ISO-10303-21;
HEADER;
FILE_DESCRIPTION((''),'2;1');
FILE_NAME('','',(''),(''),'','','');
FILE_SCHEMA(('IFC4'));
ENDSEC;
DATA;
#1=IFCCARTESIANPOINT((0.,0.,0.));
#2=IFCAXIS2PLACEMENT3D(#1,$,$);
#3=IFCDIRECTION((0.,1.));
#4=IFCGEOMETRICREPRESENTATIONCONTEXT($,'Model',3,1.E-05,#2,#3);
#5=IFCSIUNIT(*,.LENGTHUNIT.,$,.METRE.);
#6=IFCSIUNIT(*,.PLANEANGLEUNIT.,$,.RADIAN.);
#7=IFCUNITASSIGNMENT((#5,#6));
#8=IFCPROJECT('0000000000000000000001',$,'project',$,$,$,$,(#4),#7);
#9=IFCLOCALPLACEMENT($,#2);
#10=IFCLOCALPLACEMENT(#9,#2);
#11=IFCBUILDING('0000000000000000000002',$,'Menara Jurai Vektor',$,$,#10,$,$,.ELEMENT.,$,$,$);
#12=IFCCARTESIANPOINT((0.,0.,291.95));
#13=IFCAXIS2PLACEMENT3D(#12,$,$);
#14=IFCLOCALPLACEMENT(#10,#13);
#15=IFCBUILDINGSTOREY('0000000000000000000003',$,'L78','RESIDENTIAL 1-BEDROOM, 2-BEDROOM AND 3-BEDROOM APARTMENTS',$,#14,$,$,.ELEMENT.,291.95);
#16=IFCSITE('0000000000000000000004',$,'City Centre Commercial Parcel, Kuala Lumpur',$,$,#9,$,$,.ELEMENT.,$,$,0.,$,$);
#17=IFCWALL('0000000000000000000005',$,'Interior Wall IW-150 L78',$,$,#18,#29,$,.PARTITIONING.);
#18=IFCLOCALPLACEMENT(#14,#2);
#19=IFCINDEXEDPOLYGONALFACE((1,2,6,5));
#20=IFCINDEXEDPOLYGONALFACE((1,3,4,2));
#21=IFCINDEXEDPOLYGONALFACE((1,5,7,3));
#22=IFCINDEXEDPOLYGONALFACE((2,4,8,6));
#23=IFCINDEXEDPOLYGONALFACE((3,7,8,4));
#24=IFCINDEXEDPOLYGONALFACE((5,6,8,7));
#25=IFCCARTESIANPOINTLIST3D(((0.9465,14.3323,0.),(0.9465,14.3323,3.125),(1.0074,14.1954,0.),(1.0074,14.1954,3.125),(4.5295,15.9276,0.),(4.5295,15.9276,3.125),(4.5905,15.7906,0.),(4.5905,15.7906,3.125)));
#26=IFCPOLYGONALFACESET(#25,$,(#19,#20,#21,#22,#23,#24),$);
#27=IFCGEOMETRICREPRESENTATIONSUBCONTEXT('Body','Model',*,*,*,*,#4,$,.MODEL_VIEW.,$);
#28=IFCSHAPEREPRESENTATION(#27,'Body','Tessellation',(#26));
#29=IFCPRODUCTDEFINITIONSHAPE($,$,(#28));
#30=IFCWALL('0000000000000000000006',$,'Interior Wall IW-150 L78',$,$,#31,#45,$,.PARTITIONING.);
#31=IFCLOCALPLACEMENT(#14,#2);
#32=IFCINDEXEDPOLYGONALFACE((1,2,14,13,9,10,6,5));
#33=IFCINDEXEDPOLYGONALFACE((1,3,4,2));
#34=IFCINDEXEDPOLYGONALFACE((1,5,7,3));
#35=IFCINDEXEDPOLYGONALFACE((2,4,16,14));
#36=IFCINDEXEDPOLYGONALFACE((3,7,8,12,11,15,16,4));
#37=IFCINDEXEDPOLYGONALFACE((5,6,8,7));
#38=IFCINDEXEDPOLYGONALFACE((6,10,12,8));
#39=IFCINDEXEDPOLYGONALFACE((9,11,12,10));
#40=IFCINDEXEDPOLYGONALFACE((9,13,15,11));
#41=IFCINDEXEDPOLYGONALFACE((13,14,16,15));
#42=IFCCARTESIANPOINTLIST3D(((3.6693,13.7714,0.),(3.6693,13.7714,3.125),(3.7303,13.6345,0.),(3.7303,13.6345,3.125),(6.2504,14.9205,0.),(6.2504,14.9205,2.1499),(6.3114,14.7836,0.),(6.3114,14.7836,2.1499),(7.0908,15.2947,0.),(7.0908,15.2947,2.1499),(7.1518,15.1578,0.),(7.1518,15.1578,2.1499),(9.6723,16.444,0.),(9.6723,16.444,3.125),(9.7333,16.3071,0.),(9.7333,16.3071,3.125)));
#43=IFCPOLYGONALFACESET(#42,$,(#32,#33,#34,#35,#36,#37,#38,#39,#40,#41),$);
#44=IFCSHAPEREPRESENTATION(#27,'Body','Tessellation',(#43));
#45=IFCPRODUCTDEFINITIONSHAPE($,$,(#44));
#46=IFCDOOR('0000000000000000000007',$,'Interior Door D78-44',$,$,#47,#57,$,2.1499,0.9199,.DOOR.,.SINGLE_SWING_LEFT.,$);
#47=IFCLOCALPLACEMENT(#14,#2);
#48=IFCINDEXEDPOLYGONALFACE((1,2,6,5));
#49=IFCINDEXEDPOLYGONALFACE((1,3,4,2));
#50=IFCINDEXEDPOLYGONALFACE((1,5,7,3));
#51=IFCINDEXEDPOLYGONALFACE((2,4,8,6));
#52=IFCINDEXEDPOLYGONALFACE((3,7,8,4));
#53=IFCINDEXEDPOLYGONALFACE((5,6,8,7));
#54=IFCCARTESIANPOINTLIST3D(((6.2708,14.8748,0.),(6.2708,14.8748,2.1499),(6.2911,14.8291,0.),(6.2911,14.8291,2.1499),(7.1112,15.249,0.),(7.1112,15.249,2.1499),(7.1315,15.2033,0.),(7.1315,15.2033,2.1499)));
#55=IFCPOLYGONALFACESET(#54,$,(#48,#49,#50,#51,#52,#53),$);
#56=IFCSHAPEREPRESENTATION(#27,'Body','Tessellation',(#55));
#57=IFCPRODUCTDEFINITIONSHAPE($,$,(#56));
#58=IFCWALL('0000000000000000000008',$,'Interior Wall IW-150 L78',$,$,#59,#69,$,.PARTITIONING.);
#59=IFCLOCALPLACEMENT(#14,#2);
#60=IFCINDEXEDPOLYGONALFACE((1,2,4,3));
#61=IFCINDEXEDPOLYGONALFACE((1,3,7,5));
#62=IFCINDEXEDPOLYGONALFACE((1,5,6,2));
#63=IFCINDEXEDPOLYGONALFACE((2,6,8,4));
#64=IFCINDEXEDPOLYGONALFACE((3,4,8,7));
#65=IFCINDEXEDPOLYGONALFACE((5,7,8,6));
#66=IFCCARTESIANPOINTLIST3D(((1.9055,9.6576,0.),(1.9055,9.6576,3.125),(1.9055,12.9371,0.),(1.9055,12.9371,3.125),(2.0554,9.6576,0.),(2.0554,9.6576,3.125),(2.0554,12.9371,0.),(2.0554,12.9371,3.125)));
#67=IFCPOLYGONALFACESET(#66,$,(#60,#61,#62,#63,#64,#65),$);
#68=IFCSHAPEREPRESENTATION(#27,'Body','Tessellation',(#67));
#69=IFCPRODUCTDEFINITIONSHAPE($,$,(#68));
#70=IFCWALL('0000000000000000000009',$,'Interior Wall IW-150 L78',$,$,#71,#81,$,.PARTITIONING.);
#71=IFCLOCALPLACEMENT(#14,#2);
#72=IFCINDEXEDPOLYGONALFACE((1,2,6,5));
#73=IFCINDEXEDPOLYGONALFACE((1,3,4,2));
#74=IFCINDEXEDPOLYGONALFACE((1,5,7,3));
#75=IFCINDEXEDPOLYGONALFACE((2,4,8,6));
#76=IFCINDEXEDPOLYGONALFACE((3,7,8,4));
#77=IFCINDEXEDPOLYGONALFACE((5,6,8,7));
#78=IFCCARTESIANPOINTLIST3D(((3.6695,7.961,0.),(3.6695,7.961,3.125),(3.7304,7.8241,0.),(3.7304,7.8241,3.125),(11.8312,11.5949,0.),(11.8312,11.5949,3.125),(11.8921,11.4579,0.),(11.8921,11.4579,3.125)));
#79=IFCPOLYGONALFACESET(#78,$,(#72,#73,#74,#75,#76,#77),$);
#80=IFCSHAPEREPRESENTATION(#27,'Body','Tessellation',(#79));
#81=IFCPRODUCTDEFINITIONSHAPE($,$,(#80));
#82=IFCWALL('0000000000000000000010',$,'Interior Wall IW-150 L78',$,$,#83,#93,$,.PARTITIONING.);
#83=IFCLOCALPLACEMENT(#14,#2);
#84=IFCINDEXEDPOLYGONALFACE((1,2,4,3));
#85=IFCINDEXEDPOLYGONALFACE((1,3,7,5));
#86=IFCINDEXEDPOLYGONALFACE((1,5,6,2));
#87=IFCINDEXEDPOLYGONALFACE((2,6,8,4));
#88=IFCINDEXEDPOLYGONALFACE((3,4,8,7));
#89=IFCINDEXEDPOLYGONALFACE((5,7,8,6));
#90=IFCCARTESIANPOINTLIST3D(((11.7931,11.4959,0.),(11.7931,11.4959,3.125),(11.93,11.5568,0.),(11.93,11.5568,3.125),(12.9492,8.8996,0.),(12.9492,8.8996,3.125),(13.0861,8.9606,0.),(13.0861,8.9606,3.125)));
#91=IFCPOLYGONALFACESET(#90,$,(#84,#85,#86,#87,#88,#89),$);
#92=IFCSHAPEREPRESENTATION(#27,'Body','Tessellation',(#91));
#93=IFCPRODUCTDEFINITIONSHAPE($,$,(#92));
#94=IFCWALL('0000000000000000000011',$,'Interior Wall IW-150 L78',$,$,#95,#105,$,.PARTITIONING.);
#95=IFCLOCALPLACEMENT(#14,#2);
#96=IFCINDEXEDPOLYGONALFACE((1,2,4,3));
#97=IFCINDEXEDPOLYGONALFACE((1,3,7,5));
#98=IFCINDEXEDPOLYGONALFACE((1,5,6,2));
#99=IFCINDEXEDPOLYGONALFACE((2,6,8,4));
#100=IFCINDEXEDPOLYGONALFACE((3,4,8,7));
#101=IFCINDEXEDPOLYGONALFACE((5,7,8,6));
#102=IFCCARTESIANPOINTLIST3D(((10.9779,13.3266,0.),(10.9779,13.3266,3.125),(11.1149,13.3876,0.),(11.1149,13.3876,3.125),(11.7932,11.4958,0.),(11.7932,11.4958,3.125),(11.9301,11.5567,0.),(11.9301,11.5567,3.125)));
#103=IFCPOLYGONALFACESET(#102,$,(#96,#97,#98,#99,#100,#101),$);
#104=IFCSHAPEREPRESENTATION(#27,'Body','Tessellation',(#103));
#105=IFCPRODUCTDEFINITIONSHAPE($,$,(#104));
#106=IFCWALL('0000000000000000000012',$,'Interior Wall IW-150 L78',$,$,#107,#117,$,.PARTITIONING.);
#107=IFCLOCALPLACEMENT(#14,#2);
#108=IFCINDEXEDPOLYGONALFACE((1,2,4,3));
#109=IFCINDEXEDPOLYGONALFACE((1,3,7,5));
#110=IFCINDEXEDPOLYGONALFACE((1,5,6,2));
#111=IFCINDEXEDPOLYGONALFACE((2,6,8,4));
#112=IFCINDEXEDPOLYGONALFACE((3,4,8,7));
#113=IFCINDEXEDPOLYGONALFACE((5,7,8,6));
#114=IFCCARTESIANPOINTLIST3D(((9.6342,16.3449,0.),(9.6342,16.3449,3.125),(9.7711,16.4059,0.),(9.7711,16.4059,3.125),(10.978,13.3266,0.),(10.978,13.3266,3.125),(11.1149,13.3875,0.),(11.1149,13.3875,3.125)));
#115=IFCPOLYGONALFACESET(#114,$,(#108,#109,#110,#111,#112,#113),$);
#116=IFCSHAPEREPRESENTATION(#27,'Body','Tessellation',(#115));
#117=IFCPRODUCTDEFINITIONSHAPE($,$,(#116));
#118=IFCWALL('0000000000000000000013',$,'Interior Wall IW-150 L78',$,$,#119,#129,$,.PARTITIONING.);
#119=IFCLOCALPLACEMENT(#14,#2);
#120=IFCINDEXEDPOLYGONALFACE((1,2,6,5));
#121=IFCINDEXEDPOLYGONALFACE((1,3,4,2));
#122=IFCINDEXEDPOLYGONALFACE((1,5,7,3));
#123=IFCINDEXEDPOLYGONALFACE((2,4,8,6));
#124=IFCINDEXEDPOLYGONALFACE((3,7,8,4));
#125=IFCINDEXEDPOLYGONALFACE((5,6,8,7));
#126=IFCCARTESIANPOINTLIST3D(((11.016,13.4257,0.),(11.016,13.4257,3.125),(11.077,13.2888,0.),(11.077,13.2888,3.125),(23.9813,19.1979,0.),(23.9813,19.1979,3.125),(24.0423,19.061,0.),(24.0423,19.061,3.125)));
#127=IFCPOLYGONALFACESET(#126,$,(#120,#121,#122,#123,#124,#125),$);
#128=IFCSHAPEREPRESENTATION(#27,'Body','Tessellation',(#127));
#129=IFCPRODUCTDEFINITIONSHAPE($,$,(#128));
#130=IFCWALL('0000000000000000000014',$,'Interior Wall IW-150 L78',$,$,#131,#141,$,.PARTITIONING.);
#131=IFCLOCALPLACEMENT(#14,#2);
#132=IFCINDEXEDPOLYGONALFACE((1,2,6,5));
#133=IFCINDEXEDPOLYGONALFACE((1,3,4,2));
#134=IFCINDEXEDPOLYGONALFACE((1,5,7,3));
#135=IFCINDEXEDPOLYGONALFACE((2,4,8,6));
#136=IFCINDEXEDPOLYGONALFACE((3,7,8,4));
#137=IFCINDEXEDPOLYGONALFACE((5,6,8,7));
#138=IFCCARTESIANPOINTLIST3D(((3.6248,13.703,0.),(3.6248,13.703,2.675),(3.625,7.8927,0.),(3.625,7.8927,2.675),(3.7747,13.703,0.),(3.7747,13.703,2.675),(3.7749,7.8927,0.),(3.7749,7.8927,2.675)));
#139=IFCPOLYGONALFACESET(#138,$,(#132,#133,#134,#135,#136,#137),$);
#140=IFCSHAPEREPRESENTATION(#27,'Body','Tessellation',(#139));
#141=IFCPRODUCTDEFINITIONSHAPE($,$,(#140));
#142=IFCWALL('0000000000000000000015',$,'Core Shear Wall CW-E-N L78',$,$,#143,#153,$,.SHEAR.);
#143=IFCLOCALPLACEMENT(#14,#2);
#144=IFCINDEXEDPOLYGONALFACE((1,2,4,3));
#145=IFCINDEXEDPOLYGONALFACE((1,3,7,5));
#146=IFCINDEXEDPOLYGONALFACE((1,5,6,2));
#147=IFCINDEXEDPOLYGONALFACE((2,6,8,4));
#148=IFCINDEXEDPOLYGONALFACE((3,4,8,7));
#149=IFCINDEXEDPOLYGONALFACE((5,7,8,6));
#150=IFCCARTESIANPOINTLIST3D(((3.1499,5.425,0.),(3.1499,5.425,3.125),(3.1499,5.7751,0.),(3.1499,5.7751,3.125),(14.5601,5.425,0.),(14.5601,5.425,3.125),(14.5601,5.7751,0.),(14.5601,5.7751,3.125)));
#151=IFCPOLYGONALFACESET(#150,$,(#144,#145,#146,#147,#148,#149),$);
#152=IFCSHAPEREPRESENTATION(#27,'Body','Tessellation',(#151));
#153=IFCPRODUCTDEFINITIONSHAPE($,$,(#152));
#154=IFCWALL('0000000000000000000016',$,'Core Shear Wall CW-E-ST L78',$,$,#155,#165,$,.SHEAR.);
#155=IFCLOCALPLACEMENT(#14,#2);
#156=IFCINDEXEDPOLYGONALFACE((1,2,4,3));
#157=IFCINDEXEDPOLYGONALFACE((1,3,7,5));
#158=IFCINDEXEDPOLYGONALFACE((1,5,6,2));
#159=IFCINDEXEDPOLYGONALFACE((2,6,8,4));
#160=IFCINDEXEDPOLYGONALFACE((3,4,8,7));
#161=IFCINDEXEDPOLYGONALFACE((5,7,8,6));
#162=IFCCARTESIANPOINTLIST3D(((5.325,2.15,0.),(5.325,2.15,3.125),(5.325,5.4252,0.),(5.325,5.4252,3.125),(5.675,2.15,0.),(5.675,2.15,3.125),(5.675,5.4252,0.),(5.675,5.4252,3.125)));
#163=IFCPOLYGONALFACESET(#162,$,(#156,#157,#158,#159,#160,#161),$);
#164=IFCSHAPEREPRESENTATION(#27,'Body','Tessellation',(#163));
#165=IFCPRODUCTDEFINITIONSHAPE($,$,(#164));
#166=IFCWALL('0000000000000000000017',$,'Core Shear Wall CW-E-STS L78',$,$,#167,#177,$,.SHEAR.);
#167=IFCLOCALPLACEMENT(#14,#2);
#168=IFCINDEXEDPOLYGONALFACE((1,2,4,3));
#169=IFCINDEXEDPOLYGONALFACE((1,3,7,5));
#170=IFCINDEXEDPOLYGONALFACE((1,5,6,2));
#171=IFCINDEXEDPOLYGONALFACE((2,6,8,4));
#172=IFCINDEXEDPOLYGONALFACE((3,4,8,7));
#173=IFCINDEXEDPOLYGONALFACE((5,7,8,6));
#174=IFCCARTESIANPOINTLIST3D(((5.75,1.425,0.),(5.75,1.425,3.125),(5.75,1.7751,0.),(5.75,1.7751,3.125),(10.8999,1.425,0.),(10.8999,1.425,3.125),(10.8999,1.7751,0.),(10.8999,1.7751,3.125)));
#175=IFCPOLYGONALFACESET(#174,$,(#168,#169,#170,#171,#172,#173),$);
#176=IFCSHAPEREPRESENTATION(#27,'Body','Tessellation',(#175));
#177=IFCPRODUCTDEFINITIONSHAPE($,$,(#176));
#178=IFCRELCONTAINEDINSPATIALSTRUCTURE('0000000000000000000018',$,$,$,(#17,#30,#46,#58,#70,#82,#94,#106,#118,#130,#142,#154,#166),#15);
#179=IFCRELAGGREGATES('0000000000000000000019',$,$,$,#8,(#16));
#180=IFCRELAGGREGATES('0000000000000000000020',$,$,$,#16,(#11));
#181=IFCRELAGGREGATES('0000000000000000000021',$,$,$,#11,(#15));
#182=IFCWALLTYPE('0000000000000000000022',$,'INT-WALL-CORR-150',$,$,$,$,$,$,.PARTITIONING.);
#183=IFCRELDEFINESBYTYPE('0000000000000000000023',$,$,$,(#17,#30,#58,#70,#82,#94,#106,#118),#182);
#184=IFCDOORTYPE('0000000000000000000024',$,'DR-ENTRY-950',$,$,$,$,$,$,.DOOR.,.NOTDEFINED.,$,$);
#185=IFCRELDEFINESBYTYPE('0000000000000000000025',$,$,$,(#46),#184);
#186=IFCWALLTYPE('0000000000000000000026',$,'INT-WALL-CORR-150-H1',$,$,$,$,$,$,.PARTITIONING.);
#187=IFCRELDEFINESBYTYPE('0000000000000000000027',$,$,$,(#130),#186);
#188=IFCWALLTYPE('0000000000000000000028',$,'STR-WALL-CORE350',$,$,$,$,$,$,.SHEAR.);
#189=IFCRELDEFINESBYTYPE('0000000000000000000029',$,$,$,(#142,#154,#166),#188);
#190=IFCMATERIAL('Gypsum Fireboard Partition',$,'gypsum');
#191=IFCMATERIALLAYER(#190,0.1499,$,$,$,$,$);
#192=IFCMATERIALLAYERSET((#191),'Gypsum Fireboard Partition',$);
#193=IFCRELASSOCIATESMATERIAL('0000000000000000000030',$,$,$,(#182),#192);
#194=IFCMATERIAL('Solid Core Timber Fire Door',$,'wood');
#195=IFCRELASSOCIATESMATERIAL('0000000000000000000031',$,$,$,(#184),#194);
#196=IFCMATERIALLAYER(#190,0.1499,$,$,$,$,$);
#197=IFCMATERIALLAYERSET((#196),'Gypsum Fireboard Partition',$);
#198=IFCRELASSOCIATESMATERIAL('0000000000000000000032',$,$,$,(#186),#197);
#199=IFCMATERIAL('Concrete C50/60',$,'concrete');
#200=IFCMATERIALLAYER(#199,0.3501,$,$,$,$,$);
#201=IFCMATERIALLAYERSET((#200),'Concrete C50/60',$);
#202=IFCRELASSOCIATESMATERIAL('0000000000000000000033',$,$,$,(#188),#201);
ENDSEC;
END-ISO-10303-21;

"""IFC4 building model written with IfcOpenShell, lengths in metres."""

from ifc_helpers import new_model, si_unit, direction, frame, frame_2d, origin, place, context, subcontext, project, spatial, rectangle, extrude, material, layer, layer_set, type_object, element, fill, save


model = new_model("IFC4")

# Units and contexts
model_context = context("Model", 3, precision=1e-05, world=origin(), true_north=direction((0.0, 1.0)))
body_context = subcontext(model_context, "Body", "Model", "MODEL_VIEW")
ifc_project = project(units=[si_unit("LENGTHUNIT", "METRE"), si_unit("PLANEANGLEUNIT", "RADIAN")], contexts=[model_context])

# Site, building, storey
site_placement = place(None, origin())
site = spatial("IfcSite", under=ifc_project, at=site_placement, Name="City Centre Commercial Parcel, Kuala Lumpur", CompositionType="ELEMENT", RefElevation=0.0)
building_placement = place(site_placement, origin())
building = spatial("IfcBuilding", under=site, at=building_placement, Name="Menara Jurai Vektor", CompositionType="ELEMENT")
storey_placement = place(building_placement, frame((0.0, 0.0, 291.95)))
storey = spatial("IfcBuildingStorey", under=building, at=storey_placement, Name="L78", Description="RESIDENTIAL 1-BEDROOM, 2-BEDROOM AND 3-BEDROOM APARTMENTS", CompositionType="ELEMENT", Elevation=291.95)

# Shared definitions
ifc_material_1 = material(Name="Concrete C50/60", Category="concrete")

# Wall
ifc_material_2 = material(Name="Gypsum Fireboard Partition", Category="gypsum")
ifc_layer_1 = layer(ifc_material_2, 0.1499)
ifc_layer_set_1 = layer_set([ifc_layer_1], Name="Gypsum Fireboard Partition")
wall_type_1 = type_object("IfcWallType", Name="INT-WALL-CORR-150", PredefinedType="PARTITIONING", material=ifc_layer_set_1)
wall_1_placement = place(storey_placement, frame((0.9771, 14.2639, 0.0), z_axis=(0.0, 0.0, 1.0), x_axis=(0.91355, 0.406727, 0.0)))
element("IfcWall", 1, at=wall_1_placement, inside=storey, type_object=wall_type_1, Name="Interior Wall IW-150 L78", PredefinedType="PARTITIONING", context=body_context, shape_type="SweptSolid", body=[
    extrude(rectangle(XDim=3.9221, YDim=0.1499, at=frame_2d((1.9609, 0.0))), origin(), (0.0, 0.0, 1.0), 3.125),
])

# Wall, opening, door
ifc_material_3 = material(Name="Solid Core Timber Fire Door", Category="wood")
door_type_1 = type_object("IfcDoorType", Name="DR-ENTRY-950", OperationType="NOTDEFINED", PredefinedType="DOOR", material=ifc_material_3)
wall_2_placement = place(storey_placement, frame((3.6997, 13.7029, 0.0), z_axis=(0.0, 0.0, 1.0), x_axis=(0.913549, 0.406728, 0.0)))
wall_2 = element("IfcWall", 2, at=wall_2_placement, inside=storey, type_object=wall_type_1, Name="Interior Wall IW-150 L78", PredefinedType="PARTITIONING", context=body_context, shape_type="SweptSolid", body=[
    extrude(rectangle(XDim=6.571, YDim=0.1499, at=frame_2d((3.2856, 0.0))), origin(), (0.0, 0.0, 1.0), 3.125),
])
opening_1_placement = place(wall_2_placement, frame((2.8254, 0.0, 0.0)))
opening_1 = element("IfcOpeningElement", 3, at=opening_1_placement, cuts=wall_2, PredefinedType="OPENING", context=body_context, shape_type="SweptSolid", body=[
    extrude(rectangle(XDim=0.9199, YDim=2.1499, at=frame_2d((0.46, 1.075))), frame((0.0, 0.085, 0.0), z_axis=(0.0, -1.0, 0.0), x_axis=(1.0, 0.0, 0.0)), (0.0, 0.0, 1.0), 0.1699),
])
door_1_placement = place(opening_1_placement, origin())
door_1 = element("IfcDoor", 4, at=door_1_placement, inside=storey, type_object=door_type_1, Name="Interior Door D78-44", OperationType="SINGLE_SWING_LEFT", OverallHeight=2.1499, OverallWidth=0.9199, PredefinedType="DOOR", context=body_context, shape_type="SweptSolid", body=[
    extrude(rectangle(XDim=0.9199, YDim=2.1499, at=frame_2d((0.46, 1.075))), frame((0.0, 0.0249, 0.0), z_axis=(0.0, -1.0, 0.0), x_axis=(1.0, 0.0, 0.0)), (0.0, 0.0, 1.0), 0.05),
])
fill(opening_1, door_1)

# Walls
wall_3_placement = place(storey_placement, frame((1.9805, 9.6577, 0.0), z_axis=(0.0, 0.0, 1.0), x_axis=(0.0, 1.0, 0.0)))
element("IfcWall", 5, at=wall_3_placement, inside=storey, type_object=wall_type_1, Name="Interior Wall IW-150 L78", PredefinedType="PARTITIONING", context=body_context, shape_type="SweptSolid", body=[
    extrude(rectangle(XDim=3.2795, YDim=0.1499, at=frame_2d((1.6396, 0.0))), origin(), (0.0, 0.0, 1.0), 3.125),
])
wall_4_placement = place(storey_placement, frame((3.7, 7.8926, 0.0), z_axis=(0.0, 0.0, 1.0), x_axis=(0.913545, 0.406737, 0.0)))
element("IfcWall", 6, at=wall_4_placement, inside=storey, type_object=wall_type_1, Name="Interior Wall IW-150 L78", PredefinedType="PARTITIONING", context=body_context, shape_type="SweptSolid", body=[
    extrude(rectangle(XDim=8.9341, YDim=0.1499, at=frame_2d((4.467, 0.0))), origin(), (0.0, 0.0, 1.0), 3.125),
])
wall_5_placement = place(storey_placement, frame((13.0176, 8.9302, 0.0), z_axis=(0.0, 0.0, 1.0), x_axis=(-0.406768, 0.913531, 0.0)))
element("IfcWall", 7, at=wall_5_placement, inside=storey, type_object=wall_type_1, Name="Interior Wall IW-150 L78", PredefinedType="PARTITIONING", context=body_context, shape_type="SweptSolid", body=[
    extrude(rectangle(XDim=2.842, YDim=0.1499, at=frame_2d((1.4209, 0.0))), origin(), (0.0, 0.0, 1.0), 3.125),
])
wall_6_placement = place(storey_placement, frame((11.8616, 11.5264, 0.0), z_axis=(0.0, 0.0, 1.0), x_axis=(-0.40676, 0.913535, 0.0)))
element("IfcWall", 8, at=wall_6_placement, inside=storey, type_object=wall_type_1, Name="Interior Wall IW-150 L78", PredefinedType="PARTITIONING", context=body_context, shape_type="SweptSolid", body=[
    extrude(rectangle(XDim=2.0042, YDim=0.1499, at=frame_2d((1.002, 0.0))), origin(), (0.0, 0.0, 1.0), 3.125),
])
wall_7_placement = place(storey_placement, frame((11.0464, 13.3572, 0.0), z_axis=(0.0, 0.0, 1.0), x_axis=(-0.406714, 0.913555, 0.0)))
element("IfcWall", 9, at=wall_7_placement, inside=storey, type_object=wall_type_1, Name="Interior Wall IW-150 L78", PredefinedType="PARTITIONING", context=body_context, shape_type="SweptSolid", body=[
    extrude(rectangle(XDim=3.304, YDim=0.1499, at=frame_2d((1.6519, 0.0))), origin(), (0.0, 0.0, 1.0), 3.125),
])
wall_8_placement = place(storey_placement, frame((11.0464, 13.3572, 0.0), z_axis=(0.0, 0.0, 1.0), x_axis=(0.913554, 0.406718, 0.0)))
element("IfcWall", 10, at=wall_8_placement, inside=storey, type_object=wall_type_1, Name="Interior Wall IW-150 L78", PredefinedType="PARTITIONING", context=body_context, shape_type="SweptSolid", body=[
    extrude(rectangle(XDim=14.1921, YDim=0.1499, at=frame_2d((7.0962, 0.0))), origin(), (0.0, 0.0, 1.0), 3.125),
])
ifc_layer_2 = layer(ifc_material_2, 0.1499)
ifc_layer_set_2 = layer_set([ifc_layer_2], Name="Gypsum Fireboard Partition")
wall_type_2 = type_object("IfcWallType", Name="INT-WALL-CORR-150-H1", PredefinedType="PARTITIONING", material=ifc_layer_set_2)
wall_9_placement = place(storey_placement, frame((3.7, 7.8926, 0.0), z_axis=(0.0, 0.0, 1.0), x_axis=(-0.000042, 1.0, 0.0)))
element("IfcWall", 11, at=wall_9_placement, inside=storey, type_object=wall_type_2, Name="Interior Wall IW-150 L78", PredefinedType="PARTITIONING", context=body_context, shape_type="SweptSolid", body=[
    extrude(rectangle(XDim=5.8103, YDim=0.1499, at=frame_2d((2.9053, 0.0))), origin(), (0.0, 0.0, 1.0), 2.675),
])
ifc_layer_3 = layer(ifc_material_1, 0.3501)
ifc_layer_set_3 = layer_set([ifc_layer_3], Name="Concrete C50/60")
wall_type_3 = type_object("IfcWallType", Name="STR-WALL-CORE350", PredefinedType="SHEAR", material=ifc_layer_set_3)
wall_10_placement = place(storey_placement, frame((3.1499, 5.6001, 0.0), z_axis=(0.0, 0.0, 1.0), x_axis=(1.0, 0.0, 0.0)))
element("IfcWall", 12, at=wall_10_placement, inside=storey, type_object=wall_type_3, Name="Core Shear Wall CW-E-N L78", PredefinedType="SHEAR", context=body_context, shape_type="SweptSolid", body=[
    extrude(rectangle(XDim=11.4102, YDim=0.3501, at=frame_2d((5.7051, 0.0))), origin(), (0.0, 0.0, 1.0), 3.125),
])
wall_11_placement = place(storey_placement, frame((5.5, 2.1499, 0.0), z_axis=(0.0, 0.0, 1.0), x_axis=(0.0, 1.0, 0.0)))
element("IfcWall", 13, at=wall_11_placement, inside=storey, type_object=wall_type_3, Name="Core Shear Wall CW-E-ST L78", PredefinedType="SHEAR", context=body_context, shape_type="SweptSolid", body=[
    extrude(rectangle(XDim=3.2751, YDim=0.3501, at=frame_2d((1.6377, 0.0))), origin(), (0.0, 0.0, 1.0), 3.125),
])
wall_12_placement = place(storey_placement, frame((5.75, 1.6001, 0.0), z_axis=(0.0, 0.0, 1.0), x_axis=(1.0, 0.0, 0.0)))
element("IfcWall", 14, at=wall_12_placement, inside=storey, type_object=wall_type_3, Name="Core Shear Wall CW-E-STS L78", PredefinedType="SHEAR", context=body_context, shape_type="SweptSolid", body=[
    extrude(rectangle(XDim=5.1499, YDim=0.3501, at=frame_2d((2.575, 0.0))), origin(), (0.0, 0.0, 1.0), 3.125),
])

save(model, "model.ifc")
